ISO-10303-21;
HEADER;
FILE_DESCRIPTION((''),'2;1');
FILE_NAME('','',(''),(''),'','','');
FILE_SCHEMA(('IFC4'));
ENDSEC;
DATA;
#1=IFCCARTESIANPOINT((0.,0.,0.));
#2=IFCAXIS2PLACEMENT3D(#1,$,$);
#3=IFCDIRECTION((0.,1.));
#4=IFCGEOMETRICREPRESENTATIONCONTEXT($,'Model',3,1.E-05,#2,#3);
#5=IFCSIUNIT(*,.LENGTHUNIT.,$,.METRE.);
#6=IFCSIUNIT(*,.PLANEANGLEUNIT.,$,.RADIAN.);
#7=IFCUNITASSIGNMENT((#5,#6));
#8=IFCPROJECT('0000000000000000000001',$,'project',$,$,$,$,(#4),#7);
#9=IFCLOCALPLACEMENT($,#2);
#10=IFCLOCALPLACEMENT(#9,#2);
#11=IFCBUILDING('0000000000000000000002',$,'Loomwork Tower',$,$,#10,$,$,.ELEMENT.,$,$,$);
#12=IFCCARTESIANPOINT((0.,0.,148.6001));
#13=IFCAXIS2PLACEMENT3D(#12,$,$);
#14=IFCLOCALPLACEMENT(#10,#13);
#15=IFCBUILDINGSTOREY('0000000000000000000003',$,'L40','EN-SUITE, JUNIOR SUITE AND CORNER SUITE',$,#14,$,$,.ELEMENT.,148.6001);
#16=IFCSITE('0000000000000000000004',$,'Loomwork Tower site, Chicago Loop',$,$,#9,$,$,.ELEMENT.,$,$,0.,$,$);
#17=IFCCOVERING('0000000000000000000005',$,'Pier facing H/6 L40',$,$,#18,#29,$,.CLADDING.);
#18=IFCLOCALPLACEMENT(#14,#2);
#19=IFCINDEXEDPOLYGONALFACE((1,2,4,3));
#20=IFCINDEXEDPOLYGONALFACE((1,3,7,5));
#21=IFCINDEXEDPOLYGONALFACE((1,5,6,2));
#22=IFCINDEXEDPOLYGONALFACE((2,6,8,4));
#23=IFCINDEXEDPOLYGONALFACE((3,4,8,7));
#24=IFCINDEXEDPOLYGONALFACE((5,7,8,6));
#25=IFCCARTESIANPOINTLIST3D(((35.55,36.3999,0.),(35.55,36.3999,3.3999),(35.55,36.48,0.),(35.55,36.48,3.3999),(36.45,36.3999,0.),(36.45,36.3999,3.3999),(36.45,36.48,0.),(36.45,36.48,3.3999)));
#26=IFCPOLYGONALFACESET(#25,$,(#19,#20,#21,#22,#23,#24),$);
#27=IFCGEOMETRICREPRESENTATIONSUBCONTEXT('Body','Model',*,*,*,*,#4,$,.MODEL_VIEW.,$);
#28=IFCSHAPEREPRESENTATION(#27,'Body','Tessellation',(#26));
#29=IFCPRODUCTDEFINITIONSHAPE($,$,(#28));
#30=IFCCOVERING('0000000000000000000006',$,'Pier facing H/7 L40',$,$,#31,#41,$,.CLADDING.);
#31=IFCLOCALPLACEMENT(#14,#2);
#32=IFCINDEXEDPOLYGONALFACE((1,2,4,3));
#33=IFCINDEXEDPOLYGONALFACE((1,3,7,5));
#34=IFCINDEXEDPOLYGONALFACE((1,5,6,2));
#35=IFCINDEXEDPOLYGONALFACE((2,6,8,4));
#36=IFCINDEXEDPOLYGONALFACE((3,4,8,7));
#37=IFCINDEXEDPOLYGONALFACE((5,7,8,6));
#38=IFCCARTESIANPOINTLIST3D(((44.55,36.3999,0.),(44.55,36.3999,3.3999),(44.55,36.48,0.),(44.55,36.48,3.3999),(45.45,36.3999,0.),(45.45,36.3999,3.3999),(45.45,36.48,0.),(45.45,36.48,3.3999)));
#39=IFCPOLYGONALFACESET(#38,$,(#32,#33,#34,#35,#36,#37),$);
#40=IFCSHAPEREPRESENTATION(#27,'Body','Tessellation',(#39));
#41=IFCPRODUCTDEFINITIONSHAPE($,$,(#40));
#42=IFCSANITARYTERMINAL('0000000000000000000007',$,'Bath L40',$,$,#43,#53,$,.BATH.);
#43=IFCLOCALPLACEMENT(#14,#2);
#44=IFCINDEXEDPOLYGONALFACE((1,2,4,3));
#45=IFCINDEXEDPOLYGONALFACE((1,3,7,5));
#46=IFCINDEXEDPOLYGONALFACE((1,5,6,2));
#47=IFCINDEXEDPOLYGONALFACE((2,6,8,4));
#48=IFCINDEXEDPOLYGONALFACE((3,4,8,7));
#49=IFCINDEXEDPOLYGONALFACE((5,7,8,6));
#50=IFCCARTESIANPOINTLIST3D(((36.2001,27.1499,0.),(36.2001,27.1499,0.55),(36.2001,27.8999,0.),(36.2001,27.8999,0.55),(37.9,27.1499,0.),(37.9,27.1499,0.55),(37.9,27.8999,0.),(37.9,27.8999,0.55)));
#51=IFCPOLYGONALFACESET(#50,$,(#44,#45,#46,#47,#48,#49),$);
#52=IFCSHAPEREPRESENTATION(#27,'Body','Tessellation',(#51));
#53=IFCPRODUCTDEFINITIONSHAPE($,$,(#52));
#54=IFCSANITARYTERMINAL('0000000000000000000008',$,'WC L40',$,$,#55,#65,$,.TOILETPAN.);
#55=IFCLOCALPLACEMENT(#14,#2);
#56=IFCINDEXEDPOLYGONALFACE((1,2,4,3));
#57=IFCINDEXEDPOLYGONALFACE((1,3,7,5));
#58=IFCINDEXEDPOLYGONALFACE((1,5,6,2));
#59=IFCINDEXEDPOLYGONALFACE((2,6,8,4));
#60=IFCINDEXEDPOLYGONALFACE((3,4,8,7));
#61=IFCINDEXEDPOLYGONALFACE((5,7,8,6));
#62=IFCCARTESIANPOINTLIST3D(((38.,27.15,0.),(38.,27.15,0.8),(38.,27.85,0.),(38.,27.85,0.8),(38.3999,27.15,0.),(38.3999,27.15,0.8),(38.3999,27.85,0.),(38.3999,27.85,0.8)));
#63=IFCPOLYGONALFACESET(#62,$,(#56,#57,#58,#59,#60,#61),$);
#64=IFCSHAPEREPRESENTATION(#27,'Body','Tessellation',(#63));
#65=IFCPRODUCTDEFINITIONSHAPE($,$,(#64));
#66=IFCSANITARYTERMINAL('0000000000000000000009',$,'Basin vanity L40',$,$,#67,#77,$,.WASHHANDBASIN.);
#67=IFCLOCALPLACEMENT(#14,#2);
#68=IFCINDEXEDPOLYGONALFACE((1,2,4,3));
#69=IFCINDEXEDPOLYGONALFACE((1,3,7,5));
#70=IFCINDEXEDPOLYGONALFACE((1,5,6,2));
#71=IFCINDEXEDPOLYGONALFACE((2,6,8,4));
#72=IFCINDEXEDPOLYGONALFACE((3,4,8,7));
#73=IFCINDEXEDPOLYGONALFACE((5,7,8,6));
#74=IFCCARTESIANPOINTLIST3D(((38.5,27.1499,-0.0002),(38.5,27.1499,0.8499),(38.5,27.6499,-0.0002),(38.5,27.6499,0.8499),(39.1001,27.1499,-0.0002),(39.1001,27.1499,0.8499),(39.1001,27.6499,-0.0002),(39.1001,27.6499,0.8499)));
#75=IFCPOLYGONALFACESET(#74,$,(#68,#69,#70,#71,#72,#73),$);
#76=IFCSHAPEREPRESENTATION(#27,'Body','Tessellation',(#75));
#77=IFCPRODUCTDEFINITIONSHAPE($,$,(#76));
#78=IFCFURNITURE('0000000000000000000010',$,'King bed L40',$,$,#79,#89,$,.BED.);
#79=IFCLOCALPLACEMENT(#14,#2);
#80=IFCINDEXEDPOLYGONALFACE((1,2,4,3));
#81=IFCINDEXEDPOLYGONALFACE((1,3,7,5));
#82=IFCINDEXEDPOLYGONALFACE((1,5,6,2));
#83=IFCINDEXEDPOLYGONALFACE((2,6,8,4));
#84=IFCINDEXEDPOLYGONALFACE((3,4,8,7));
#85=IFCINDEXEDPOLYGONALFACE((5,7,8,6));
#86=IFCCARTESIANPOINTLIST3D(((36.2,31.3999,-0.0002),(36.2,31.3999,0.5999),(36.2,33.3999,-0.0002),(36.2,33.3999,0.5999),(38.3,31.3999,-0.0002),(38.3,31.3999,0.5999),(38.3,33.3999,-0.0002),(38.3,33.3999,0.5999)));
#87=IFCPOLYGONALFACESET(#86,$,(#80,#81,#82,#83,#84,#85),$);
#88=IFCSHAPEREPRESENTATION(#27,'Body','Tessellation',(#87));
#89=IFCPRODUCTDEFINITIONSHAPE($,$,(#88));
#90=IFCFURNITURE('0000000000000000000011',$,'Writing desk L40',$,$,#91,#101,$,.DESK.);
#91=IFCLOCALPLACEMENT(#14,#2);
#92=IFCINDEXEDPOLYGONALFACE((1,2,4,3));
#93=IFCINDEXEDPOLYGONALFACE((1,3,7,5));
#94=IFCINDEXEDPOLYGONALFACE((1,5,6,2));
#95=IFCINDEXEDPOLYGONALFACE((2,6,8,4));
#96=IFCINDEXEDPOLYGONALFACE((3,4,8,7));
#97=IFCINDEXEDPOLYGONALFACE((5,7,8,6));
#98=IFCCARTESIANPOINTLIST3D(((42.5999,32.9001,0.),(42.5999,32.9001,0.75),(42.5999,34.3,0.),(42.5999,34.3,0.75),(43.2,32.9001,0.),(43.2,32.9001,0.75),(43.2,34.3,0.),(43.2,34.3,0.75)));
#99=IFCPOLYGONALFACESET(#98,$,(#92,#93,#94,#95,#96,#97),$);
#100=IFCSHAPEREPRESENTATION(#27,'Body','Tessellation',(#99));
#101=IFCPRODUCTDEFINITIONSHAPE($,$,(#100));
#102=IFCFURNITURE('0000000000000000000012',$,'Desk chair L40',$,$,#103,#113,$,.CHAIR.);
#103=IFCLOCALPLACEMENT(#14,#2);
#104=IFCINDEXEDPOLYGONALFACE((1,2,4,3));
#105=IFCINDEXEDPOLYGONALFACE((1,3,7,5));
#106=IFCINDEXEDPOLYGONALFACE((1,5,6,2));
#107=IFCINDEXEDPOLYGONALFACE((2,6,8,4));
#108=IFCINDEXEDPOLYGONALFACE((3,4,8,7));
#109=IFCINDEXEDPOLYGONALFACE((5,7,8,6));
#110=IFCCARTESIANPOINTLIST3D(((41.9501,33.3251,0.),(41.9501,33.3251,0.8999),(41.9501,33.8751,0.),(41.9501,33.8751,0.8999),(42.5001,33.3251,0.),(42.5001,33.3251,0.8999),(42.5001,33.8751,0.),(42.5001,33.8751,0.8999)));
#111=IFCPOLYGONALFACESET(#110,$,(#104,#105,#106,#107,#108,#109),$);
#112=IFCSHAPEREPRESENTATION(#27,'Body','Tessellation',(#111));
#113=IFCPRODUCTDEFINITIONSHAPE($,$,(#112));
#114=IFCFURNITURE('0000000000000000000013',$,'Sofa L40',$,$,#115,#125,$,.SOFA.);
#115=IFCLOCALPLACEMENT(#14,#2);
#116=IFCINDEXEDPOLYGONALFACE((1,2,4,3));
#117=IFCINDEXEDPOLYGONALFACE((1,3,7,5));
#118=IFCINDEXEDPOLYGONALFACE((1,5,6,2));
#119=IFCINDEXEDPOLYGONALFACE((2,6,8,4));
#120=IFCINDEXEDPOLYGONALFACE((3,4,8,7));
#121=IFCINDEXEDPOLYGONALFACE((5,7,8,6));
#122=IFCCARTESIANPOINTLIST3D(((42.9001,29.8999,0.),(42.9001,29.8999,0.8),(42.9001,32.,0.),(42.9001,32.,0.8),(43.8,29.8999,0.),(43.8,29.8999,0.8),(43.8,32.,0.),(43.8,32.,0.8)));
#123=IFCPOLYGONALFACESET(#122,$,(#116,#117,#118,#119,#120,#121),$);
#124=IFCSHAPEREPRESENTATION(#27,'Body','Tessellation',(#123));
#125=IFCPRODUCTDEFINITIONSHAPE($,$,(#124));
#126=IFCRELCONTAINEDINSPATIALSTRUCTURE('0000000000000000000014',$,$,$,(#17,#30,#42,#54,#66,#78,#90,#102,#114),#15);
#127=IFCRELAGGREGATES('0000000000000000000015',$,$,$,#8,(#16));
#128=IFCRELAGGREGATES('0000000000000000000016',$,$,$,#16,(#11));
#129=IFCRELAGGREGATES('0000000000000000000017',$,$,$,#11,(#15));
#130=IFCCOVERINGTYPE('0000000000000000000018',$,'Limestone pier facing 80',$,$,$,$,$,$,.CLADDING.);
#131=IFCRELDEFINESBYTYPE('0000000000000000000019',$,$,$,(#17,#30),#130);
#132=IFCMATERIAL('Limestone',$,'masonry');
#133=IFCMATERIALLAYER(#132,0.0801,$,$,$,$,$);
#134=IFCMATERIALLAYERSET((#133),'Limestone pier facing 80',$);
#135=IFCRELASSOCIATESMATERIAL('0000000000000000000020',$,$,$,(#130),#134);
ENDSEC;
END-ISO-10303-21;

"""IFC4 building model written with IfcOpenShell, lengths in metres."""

from ifc_helpers import new_model, si_unit, direction, frame, origin, origin_2d, place, context, subcontext, project, spatial, rectangle, extrude, material, layer, layer_set, type_object, element, save


model = new_model("IFC4")

# Units and contexts
model_context = context("Model", 3, precision=1e-05, world=origin(), true_north=direction((0.0, 1.0)))
body_context = subcontext(model_context, "Body", "Model", "MODEL_VIEW")
ifc_project = project(units=[si_unit("LENGTHUNIT", "METRE"), si_unit("PLANEANGLEUNIT", "RADIAN")], contexts=[model_context])

# Site, building, storey
site_placement = place(None, origin())
site = spatial("IfcSite", under=ifc_project, at=site_placement, Name="Loomwork Tower site, Chicago Loop", CompositionType="ELEMENT", RefElevation=0.0)
building_placement = place(site_placement, origin())
building = spatial("IfcBuilding", under=site, at=building_placement, Name="Loomwork Tower", CompositionType="ELEMENT")
storey_placement = place(building_placement, frame((0.0, 0.0, 148.6001)))
storey = spatial("IfcBuildingStorey", under=building, at=storey_placement, Name="L40", Description="EN-SUITE, JUNIOR SUITE AND CORNER SUITE", CompositionType="ELEMENT", Elevation=148.6001)

# Coverings
ifc_material_1 = material(Name="Limestone", Category="masonry")
ifc_layer_1 = layer(ifc_material_1, 0.0801)
ifc_layer_set_1 = layer_set([ifc_layer_1], Name="Limestone pier facing 80")
covering_type = type_object("IfcCoveringType", Name="Limestone pier facing 80", PredefinedType="CLADDING", material=ifc_layer_set_1)
for number, where, z_axis, x_axis, name in (
    (1, (36.0, 36.4399, 0.0), (0.0, 0.0, 1.0), (1.0, 0.0, 0.0), "Pier facing H/6 L40"),
    (2, (45.0, 36.4399, 0.0), (0.0, 0.0, 1.0), (1.0, 0.0, 0.0), "Pier facing H/7 L40"),
):
    element("IfcCovering", number, at=place(storey_placement, frame(where, z_axis=z_axis, x_axis=x_axis)), inside=storey, type_object=covering_type, Name=name, PredefinedType="CLADDING", context=body_context, shape_type="SweptSolid", body=[
        extrude(rectangle(XDim=0.8999, YDim=0.0801, at=origin_2d()), origin(), (0.0, 0.0, 1.0), 3.3999),
    ])

# Sanitary terminals
sanitary_terminal_1_placement = place(storey_placement, frame((37.05, 27.5249, 0.0), z_axis=(0.0, 0.0, 1.0), x_axis=(1.0, 0.0, 0.0)))
element("IfcSanitaryTerminal", 3, at=sanitary_terminal_1_placement, inside=storey, Name="Bath L40", PredefinedType="BATH", context=body_context, shape_type="SweptSolid", body=[
    extrude(rectangle(XDim=1.7, YDim=0.75, at=origin_2d()), origin(), (0.0, 0.0, 1.0), 0.55),
])
sanitary_terminal_2_placement = place(storey_placement, frame((38.2, 27.5, 0.0), z_axis=(0.0, 0.0, 1.0), x_axis=(1.0, 0.0, 0.0)))
element("IfcSanitaryTerminal", 4, at=sanitary_terminal_2_placement, inside=storey, Name="WC L40", PredefinedType="TOILETPAN", context=body_context, shape_type="SweptSolid", body=[
    extrude(rectangle(XDim=0.3999, YDim=0.7, at=origin_2d()), origin(), (0.0, 0.0, 1.0), 0.8),
])
sanitary_terminal_3_placement = place(storey_placement, frame((38.8, 27.3999, -0.0002), z_axis=(0.0, 0.0, 1.0), x_axis=(1.0, 0.0, 0.0)))
element("IfcSanitaryTerminal", 5, at=sanitary_terminal_3_placement, inside=storey, Name="Basin vanity L40", PredefinedType="WASHHANDBASIN", context=body_context, shape_type="SweptSolid", body=[
    extrude(rectangle(XDim=0.6001, YDim=0.5, at=origin_2d()), origin(), (0.0, 0.0, 1.0), 0.8501),
])

# Furniture
furniture_1_placement = place(storey_placement, frame((37.25, 32.3999, -0.0002), z_axis=(0.0, 0.0, 1.0), x_axis=(1.0, 0.0, 0.0)))
element("IfcFurniture", 6, at=furniture_1_placement, inside=storey, Name="King bed L40", PredefinedType="BED", context=body_context, shape_type="SweptSolid", body=[
    extrude(rectangle(XDim=2.1001, YDim=2.0, at=origin_2d()), origin(), (0.0, 0.0, 1.0), 0.6001),
])
furniture_2_placement = place(storey_placement, frame((42.8999, 33.6001, 0.0), z_axis=(0.0, 0.0, 1.0), x_axis=(1.0, 0.0, 0.0)))
element("IfcFurniture", 7, at=furniture_2_placement, inside=storey, Name="Writing desk L40", PredefinedType="DESK", context=body_context, shape_type="SweptSolid", body=[
    extrude(rectangle(XDim=0.6001, YDim=1.3999, at=origin_2d()), origin(), (0.0, 0.0, 1.0), 0.75),
])
furniture_3_placement = place(storey_placement, frame((42.2251, 33.6001, 0.0), z_axis=(0.0, 0.0, 1.0), x_axis=(1.0, 0.0, 0.0)))
element("IfcFurniture", 8, at=furniture_3_placement, inside=storey, Name="Desk chair L40", PredefinedType="CHAIR", context=body_context, shape_type="SweptSolid", body=[
    extrude(rectangle(XDim=0.55, YDim=0.55, at=origin_2d()), origin(), (0.0, 0.0, 1.0), 0.8999),
])
furniture_4_placement = place(storey_placement, frame((43.3501, 30.95, 0.0), z_axis=(0.0, 0.0, 1.0), x_axis=(1.0, 0.0, 0.0)))
element("IfcFurniture", 9, at=furniture_4_placement, inside=storey, Name="Sofa L40", PredefinedType="SOFA", context=body_context, shape_type="SweptSolid", body=[
    extrude(rectangle(XDim=0.8999, YDim=2.1001, at=origin_2d()), origin(), (0.0, 0.0, 1.0), 0.8),
])

save(model, "model.ifc")
